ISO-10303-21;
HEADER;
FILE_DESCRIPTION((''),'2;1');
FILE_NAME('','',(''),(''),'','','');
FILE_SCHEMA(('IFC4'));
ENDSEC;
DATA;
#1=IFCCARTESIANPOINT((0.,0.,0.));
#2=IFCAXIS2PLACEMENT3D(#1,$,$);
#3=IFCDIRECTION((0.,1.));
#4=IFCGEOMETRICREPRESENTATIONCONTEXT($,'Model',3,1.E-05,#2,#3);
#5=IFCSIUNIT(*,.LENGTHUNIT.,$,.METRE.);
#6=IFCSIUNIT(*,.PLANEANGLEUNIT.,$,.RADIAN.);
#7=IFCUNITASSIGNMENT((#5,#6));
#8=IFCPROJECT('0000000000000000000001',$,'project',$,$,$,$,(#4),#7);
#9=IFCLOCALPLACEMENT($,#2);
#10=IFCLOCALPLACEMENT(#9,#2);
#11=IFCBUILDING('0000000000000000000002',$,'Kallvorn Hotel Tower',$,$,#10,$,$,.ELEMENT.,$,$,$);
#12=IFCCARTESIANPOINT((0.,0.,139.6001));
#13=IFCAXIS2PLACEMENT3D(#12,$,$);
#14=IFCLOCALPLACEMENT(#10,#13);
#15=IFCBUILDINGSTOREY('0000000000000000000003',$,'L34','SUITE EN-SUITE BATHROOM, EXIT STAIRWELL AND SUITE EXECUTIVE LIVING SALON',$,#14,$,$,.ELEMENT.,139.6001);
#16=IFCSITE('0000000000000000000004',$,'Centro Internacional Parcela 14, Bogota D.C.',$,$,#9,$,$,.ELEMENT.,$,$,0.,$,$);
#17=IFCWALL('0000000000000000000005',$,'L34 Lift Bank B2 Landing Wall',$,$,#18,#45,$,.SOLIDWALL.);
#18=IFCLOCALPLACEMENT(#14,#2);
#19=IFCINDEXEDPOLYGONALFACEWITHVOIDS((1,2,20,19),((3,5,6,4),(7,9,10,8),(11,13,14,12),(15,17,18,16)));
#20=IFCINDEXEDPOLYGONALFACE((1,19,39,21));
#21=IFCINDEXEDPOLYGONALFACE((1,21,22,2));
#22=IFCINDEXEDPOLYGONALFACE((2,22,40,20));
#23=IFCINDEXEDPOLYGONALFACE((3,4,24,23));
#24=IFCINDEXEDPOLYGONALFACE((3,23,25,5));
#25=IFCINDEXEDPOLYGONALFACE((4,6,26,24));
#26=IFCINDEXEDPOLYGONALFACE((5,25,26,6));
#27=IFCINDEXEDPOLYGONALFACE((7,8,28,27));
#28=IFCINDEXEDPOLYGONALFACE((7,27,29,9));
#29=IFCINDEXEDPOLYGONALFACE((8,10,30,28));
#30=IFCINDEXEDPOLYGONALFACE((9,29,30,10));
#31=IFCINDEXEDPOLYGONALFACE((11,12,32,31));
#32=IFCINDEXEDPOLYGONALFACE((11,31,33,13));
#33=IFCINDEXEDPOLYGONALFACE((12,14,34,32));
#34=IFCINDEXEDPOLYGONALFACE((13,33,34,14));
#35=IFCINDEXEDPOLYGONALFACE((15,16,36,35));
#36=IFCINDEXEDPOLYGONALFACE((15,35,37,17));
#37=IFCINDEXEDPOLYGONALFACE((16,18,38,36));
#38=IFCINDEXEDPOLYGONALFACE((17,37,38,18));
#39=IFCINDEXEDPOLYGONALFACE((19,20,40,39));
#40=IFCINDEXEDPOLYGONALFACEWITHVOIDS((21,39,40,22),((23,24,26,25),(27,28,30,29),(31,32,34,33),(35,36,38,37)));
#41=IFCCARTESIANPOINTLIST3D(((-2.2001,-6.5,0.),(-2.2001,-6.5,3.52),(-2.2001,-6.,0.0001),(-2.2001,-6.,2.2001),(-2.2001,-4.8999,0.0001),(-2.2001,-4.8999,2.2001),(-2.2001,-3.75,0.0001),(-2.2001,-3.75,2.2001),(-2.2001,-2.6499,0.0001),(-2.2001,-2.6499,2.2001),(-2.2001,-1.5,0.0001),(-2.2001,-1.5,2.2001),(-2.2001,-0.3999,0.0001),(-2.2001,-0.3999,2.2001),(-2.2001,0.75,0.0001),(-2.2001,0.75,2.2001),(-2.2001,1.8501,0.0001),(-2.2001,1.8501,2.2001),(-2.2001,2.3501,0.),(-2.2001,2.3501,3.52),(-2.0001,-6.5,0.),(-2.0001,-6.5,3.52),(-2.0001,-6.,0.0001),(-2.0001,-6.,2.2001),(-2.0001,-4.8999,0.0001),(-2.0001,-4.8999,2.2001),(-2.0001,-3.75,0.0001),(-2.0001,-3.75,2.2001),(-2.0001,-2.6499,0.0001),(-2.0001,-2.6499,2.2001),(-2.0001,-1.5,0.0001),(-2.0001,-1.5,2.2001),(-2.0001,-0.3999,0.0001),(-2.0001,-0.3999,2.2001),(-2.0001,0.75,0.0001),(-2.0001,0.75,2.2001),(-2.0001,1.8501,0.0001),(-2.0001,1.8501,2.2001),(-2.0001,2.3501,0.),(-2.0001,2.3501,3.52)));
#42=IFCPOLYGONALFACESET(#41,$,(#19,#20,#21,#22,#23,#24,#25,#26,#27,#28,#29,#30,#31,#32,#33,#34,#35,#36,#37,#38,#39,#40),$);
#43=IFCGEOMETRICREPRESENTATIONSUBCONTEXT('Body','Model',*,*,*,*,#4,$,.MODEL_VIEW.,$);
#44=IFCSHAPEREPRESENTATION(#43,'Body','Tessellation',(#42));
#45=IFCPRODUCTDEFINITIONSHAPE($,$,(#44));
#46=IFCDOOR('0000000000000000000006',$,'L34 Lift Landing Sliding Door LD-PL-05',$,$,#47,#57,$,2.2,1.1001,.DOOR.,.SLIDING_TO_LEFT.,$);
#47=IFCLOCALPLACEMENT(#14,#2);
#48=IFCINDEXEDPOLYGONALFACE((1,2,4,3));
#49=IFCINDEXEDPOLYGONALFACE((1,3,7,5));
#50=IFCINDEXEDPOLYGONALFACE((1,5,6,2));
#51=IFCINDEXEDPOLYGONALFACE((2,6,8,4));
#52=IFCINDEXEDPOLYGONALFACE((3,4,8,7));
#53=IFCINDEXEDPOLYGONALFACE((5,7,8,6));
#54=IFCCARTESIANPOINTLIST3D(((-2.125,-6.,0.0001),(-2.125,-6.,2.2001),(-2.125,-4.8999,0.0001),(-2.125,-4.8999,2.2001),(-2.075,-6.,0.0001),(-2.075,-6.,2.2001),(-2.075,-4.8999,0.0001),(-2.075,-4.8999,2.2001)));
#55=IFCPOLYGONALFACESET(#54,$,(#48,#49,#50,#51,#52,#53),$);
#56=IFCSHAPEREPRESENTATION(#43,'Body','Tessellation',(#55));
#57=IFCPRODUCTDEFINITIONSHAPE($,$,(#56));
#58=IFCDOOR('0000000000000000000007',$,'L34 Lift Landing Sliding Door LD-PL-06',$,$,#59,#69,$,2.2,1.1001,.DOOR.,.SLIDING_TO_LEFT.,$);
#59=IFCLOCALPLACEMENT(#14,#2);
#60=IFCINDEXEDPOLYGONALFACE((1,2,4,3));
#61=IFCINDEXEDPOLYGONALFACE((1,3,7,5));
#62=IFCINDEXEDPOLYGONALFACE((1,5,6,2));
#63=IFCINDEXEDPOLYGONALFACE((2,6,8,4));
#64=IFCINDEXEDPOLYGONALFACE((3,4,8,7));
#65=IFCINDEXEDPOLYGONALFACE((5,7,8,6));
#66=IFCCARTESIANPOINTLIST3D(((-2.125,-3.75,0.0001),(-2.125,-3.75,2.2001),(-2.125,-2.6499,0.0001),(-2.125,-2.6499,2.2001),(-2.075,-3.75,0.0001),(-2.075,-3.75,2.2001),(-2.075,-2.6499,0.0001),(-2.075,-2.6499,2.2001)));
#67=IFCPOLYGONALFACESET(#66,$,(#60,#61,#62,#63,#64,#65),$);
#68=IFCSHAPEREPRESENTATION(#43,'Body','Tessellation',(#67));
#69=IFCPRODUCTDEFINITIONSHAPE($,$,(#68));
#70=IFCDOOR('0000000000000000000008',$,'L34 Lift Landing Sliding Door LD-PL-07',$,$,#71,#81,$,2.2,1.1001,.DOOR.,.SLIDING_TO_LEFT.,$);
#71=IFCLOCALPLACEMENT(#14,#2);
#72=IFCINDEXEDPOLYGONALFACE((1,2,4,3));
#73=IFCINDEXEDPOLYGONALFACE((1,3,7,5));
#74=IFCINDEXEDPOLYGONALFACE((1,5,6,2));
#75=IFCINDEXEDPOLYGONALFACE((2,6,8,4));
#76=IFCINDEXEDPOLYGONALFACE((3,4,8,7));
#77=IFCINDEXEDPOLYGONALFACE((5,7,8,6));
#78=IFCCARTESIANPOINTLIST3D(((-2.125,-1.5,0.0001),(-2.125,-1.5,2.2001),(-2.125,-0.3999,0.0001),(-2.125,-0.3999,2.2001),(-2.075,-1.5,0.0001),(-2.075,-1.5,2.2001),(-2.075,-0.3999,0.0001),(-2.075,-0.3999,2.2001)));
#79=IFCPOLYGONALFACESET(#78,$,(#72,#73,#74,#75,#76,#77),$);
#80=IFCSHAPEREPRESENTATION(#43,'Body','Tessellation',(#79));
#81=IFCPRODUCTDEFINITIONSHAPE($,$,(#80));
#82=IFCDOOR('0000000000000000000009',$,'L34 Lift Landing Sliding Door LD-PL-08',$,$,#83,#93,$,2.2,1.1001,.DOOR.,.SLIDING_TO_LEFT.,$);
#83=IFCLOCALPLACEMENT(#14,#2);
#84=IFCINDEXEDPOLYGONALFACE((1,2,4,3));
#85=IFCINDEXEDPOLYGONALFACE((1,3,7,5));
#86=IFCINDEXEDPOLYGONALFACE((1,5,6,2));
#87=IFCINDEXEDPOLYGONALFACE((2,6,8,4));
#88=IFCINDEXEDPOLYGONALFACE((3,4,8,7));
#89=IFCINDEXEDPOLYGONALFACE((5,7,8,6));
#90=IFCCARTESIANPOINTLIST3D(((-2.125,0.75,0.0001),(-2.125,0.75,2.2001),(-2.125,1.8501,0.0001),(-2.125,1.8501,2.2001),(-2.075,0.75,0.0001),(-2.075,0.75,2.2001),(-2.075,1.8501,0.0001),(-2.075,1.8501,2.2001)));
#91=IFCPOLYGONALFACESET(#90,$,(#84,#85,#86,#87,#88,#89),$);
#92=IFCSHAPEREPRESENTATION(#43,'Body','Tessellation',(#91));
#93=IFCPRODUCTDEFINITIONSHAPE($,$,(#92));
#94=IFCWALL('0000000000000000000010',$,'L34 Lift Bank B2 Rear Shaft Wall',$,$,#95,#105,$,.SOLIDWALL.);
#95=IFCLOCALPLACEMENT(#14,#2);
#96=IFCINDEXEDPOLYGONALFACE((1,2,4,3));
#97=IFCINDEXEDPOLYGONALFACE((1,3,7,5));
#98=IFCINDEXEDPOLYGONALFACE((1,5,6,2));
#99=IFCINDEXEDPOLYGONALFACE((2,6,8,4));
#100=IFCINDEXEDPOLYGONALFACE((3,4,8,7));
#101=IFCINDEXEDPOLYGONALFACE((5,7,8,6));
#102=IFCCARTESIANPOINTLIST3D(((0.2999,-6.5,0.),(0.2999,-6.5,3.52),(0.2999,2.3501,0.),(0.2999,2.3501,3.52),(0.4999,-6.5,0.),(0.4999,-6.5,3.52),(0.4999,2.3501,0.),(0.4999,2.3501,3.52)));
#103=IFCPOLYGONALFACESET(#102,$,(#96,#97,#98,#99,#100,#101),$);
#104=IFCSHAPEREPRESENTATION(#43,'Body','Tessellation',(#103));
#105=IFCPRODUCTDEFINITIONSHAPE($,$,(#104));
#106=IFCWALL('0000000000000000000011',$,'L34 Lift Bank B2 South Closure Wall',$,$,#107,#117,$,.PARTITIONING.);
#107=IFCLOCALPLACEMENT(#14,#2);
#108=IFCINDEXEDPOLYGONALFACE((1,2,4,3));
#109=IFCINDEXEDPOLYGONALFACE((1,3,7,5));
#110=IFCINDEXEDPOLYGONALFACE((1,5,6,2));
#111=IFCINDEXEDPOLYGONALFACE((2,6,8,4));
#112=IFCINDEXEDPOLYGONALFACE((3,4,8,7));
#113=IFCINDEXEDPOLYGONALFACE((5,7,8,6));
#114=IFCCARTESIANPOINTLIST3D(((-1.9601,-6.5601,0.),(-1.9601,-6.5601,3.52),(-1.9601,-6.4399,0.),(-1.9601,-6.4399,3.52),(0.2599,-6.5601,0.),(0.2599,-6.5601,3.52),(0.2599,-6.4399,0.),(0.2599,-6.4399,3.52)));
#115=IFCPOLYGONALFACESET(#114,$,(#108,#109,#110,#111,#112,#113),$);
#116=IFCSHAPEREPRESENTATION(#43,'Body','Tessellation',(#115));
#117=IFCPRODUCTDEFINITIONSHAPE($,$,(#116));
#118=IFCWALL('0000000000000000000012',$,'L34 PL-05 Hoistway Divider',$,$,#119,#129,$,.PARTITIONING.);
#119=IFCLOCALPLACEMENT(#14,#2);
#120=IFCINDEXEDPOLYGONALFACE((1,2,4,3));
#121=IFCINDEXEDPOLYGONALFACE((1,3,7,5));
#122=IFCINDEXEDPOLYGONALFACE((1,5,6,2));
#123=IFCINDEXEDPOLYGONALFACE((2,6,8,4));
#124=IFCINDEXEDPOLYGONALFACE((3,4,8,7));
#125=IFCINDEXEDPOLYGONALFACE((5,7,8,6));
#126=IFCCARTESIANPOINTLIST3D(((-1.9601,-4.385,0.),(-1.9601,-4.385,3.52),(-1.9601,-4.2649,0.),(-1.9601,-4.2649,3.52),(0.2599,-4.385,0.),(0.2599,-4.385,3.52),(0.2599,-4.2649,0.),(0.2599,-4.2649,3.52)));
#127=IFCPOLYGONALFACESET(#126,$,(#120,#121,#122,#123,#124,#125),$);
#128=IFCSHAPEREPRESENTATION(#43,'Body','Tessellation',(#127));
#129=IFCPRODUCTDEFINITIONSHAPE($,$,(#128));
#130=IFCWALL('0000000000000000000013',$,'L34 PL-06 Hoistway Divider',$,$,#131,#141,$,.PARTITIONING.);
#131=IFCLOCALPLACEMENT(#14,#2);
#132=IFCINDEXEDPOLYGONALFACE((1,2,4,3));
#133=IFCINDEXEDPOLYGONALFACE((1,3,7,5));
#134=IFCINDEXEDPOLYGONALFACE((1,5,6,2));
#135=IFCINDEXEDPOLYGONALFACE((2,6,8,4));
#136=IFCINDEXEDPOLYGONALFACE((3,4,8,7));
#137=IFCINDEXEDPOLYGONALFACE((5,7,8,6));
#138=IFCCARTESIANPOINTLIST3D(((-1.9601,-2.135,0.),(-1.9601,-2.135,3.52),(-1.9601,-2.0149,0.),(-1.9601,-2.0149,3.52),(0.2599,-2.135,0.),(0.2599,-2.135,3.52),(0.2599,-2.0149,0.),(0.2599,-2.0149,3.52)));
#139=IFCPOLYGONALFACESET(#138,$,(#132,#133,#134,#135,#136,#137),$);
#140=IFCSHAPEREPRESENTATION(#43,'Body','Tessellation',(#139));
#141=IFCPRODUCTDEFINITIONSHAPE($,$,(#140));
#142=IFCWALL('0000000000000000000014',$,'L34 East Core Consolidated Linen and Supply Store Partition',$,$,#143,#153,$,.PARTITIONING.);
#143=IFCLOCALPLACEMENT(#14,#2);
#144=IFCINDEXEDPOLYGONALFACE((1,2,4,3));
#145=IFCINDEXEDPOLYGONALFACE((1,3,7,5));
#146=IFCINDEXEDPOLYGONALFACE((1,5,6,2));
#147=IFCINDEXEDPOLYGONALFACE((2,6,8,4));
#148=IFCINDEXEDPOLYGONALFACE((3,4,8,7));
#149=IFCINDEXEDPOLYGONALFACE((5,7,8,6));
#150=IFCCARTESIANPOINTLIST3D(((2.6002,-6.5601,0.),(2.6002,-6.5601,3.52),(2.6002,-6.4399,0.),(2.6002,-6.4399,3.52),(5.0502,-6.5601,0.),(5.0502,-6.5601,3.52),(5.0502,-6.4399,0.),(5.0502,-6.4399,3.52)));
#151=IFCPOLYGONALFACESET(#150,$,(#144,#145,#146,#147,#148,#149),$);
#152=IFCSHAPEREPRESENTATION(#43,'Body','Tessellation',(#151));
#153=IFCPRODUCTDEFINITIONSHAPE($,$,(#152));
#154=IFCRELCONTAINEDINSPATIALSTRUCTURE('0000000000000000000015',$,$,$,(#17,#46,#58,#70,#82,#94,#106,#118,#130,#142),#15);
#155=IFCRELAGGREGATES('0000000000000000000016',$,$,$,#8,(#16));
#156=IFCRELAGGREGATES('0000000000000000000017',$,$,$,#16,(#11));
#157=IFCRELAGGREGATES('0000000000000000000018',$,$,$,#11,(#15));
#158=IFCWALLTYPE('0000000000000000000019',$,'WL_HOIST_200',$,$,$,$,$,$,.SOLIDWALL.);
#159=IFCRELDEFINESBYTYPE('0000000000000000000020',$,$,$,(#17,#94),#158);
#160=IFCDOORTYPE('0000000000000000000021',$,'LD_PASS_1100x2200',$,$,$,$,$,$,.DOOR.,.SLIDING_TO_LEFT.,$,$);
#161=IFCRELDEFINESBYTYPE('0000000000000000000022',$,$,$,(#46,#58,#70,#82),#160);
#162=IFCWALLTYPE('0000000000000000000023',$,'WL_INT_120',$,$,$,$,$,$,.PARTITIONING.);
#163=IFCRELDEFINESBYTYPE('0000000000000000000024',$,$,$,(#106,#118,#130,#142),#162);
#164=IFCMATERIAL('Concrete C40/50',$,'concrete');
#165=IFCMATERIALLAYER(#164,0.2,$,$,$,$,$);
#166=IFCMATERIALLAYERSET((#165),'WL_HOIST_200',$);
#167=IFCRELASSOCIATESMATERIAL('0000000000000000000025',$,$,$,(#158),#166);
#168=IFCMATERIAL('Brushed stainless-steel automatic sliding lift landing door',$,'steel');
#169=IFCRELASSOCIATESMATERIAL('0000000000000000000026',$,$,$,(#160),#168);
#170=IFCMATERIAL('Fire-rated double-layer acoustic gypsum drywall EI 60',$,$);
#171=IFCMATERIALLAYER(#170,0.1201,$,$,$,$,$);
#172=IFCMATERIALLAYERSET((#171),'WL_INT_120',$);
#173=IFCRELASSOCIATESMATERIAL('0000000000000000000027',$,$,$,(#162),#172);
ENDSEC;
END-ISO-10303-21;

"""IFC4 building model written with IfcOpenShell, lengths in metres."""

from ifc_helpers import new_model, si_unit, direction, frame, frame_2d, origin, place, context, subcontext, project, spatial, rectangle, extrude, material, layer, layer_set, type_object, element, fill, save


model = new_model("IFC4")

# Units and contexts
model_context = context("Model", 3, precision=1e-05, world=origin(), true_north=direction((0.0, 1.0)))
body_context = subcontext(model_context, "Body", "Model", "MODEL_VIEW")
ifc_project = project(units=[si_unit("LENGTHUNIT", "METRE"), si_unit("PLANEANGLEUNIT", "RADIAN")], contexts=[model_context])

# Site, building, storey
site_placement = place(None, origin())
site = spatial("IfcSite", under=ifc_project, at=site_placement, Name="Centro Internacional Parcela 14, Bogota D.C.", CompositionType="ELEMENT", RefElevation=0.0)
building_placement = place(site_placement, origin())
building = spatial("IfcBuilding", under=site, at=building_placement, Name="Kallvorn Hotel Tower", CompositionType="ELEMENT")
storey_placement = place(building_placement, frame((0.0, 0.0, 139.6001)))
storey = spatial("IfcBuildingStorey", under=building, at=storey_placement, Name="L34", Description="SUITE EN-SUITE BATHROOM, EXIT STAIRWELL AND SUITE EXECUTIVE LIVING SALON", CompositionType="ELEMENT", Elevation=139.6001)

# Wall, openings, doors
ifc_material_1 = material(Name="Concrete C40/50", Category="concrete")
ifc_layer_1 = layer(ifc_material_1, 0.2)
ifc_layer_set_1 = layer_set([ifc_layer_1], Name="WL_HOIST_200")
wall_type_1 = type_object("IfcWallType", Name="WL_HOIST_200", PredefinedType="SOLIDWALL", material=ifc_layer_set_1)
wall_1_placement = place(storey_placement, frame((-2.1001, -6.5, 0.0), z_axis=(0.0, 0.0, 1.0), x_axis=(0.0, 1.0, 0.0)))
wall_1 = element("IfcWall", 1, at=wall_1_placement, inside=storey, type_object=wall_type_1, Name="L34 Lift Bank B2 Landing Wall", PredefinedType="SOLIDWALL", context=body_context, shape_type="SweptSolid", body=[
    extrude(rectangle(XDim=8.8501, YDim=0.2, at=frame_2d((4.425, 0.0))), origin(), (0.0, 0.0, 1.0), 3.52),
])
opening_1_placement = place(wall_1_placement, frame((0.5, 0.0, 0.0)))
opening_1 = element("IfcOpeningElement", 2, at=opening_1_placement, cuts=wall_1, PredefinedType="OPENING", context=body_context, shape_type="SweptSolid", body=[
    extrude(rectangle(XDim=1.1001, YDim=2.2, at=frame_2d((0.55, 1.1001))), frame((0.0, 0.115, 0.0), z_axis=(0.0, -1.0, 0.0), x_axis=(1.0, 0.0, 0.0)), (0.0, 0.0, 1.0), 0.23),
])
opening_2_placement = place(wall_1_placement, frame((2.75, 0.0, 0.0)))
opening_2 = element("IfcOpeningElement", 3, at=opening_2_placement, cuts=wall_1, PredefinedType="OPENING", context=body_context, shape_type="SweptSolid", body=[
    extrude(rectangle(XDim=1.1001, YDim=2.2, at=frame_2d((0.55, 1.1001))), frame((0.0, 0.115, 0.0), z_axis=(0.0, -1.0, 0.0), x_axis=(1.0, 0.0, 0.0)), (0.0, 0.0, 1.0), 0.23),
])
opening_3_placement = place(wall_1_placement, frame((5.0, 0.0, 0.0)))
opening_3 = element("IfcOpeningElement", 4, at=opening_3_placement, cuts=wall_1, PredefinedType="OPENING", context=body_context, shape_type="SweptSolid", body=[
    extrude(rectangle(XDim=1.1001, YDim=2.2, at=frame_2d((0.55, 1.1001))), frame((0.0, 0.115, 0.0), z_axis=(0.0, -1.0, 0.0), x_axis=(1.0, 0.0, 0.0)), (0.0, 0.0, 1.0), 0.23),
])
opening_4_placement = place(wall_1_placement, frame((7.25, 0.0, 0.0)))
opening_4 = element("IfcOpeningElement", 5, at=opening_4_placement, cuts=wall_1, PredefinedType="OPENING", context=body_context, shape_type="SweptSolid", body=[
    extrude(rectangle(XDim=1.1001, YDim=2.2, at=frame_2d((0.55, 1.1001))), frame((0.0, 0.115, 0.0), z_axis=(0.0, -1.0, 0.0), x_axis=(1.0, 0.0, 0.0)), (0.0, 0.0, 1.0), 0.23),
])
ifc_material_2 = material(Name="Brushed stainless-steel automatic sliding lift landing door", Category="steel")
door_type_1 = type_object("IfcDoorType", Name="LD_PASS_1100x2200", OperationType="SLIDING_TO_LEFT", PredefinedType="DOOR", material=ifc_material_2)
door_1_placement = place(opening_1_placement, origin())
door_1 = element("IfcDoor", 6, at=door_1_placement, inside=storey, type_object=door_type_1, Name="L34 Lift Landing Sliding Door LD-PL-05", OperationType="SLIDING_TO_LEFT", OverallHeight=2.2, OverallWidth=1.1001, PredefinedType="DOOR", context=body_context, shape_type="SweptSolid", body=[
    extrude(rectangle(XDim=1.1001, YDim=2.2, at=frame_2d((0.55, 1.1001))), frame((0.0, 0.0249, 0.0), z_axis=(0.0, -1.0, 0.0), x_axis=(1.0, 0.0, 0.0)), (0.0, 0.0, 1.0), 0.05),
])
fill(opening_1, door_1)
door_2_placement = place(opening_2_placement, origin())
door_2 = element("IfcDoor", 7, at=door_2_placement, inside=storey, type_object=door_type_1, Name="L34 Lift Landing Sliding Door LD-PL-06", OperationType="SLIDING_TO_LEFT", OverallHeight=2.2, OverallWidth=1.1001, PredefinedType="DOOR", context=body_context, shape_type="SweptSolid", body=[
    extrude(rectangle(XDim=1.1001, YDim=2.2, at=frame_2d((0.55, 1.1001))), frame((0.0, 0.0249, 0.0), z_axis=(0.0, -1.0, 0.0), x_axis=(1.0, 0.0, 0.0)), (0.0, 0.0, 1.0), 0.05),
])
fill(opening_2, door_2)
door_3_placement = place(opening_3_placement, origin())
door_3 = element("IfcDoor", 8, at=door_3_placement, inside=storey, type_object=door_type_1, Name="L34 Lift Landing Sliding Door LD-PL-07", OperationType="SLIDING_TO_LEFT", OverallHeight=2.2, OverallWidth=1.1001, PredefinedType="DOOR", context=body_context, shape_type="SweptSolid", body=[
    extrude(rectangle(XDim=1.1001, YDim=2.2, at=frame_2d((0.55, 1.1001))), frame((0.0, 0.0249, 0.0), z_axis=(0.0, -1.0, 0.0), x_axis=(1.0, 0.0, 0.0)), (0.0, 0.0, 1.0), 0.05),
])
fill(opening_3, door_3)
door_4_placement = place(opening_4_placement, origin())
door_4 = element("IfcDoor", 9, at=door_4_placement, inside=storey, type_object=door_type_1, Name="L34 Lift Landing Sliding Door LD-PL-08", OperationType="SLIDING_TO_LEFT", OverallHeight=2.2, OverallWidth=1.1001, PredefinedType="DOOR", context=body_context, shape_type="SweptSolid", body=[
    extrude(rectangle(XDim=1.1001, YDim=2.2, at=frame_2d((0.55, 1.1001))), frame((0.0, 0.0249, 0.0), z_axis=(0.0, -1.0, 0.0), x_axis=(1.0, 0.0, 0.0)), (0.0, 0.0, 1.0), 0.05),
])
fill(opening_4, door_4)

# Walls
wall_2_placement = place(storey_placement, frame((0.3999, -6.5, 0.0), z_axis=(0.0, 0.0, 1.0), x_axis=(0.0, 1.0, 0.0)))
element("IfcWall", 10, at=wall_2_placement, inside=storey, type_object=wall_type_1, Name="L34 Lift Bank B2 Rear Shaft Wall", PredefinedType="SOLIDWALL", context=body_context, shape_type="SweptSolid", body=[
    extrude(rectangle(XDim=8.8501, YDim=0.2, at=frame_2d((4.425, 0.0))), origin(), (0.0, 0.0, 1.0), 3.52),
])
ifc_material_3 = material(Name="Fire-rated double-layer acoustic gypsum drywall EI 60")
ifc_layer_2 = layer(ifc_material_3, 0.1201)
ifc_layer_set_2 = layer_set([ifc_layer_2], Name="WL_INT_120")
wall_type_2 = type_object("IfcWallType", Name="WL_INT_120", PredefinedType="PARTITIONING", material=ifc_layer_set_2)
for number, where, z_axis, x_axis, name in (
    (11, (-1.96, -6.5, 0.0), (0.0, 0.0, 1.0), (1.0, 0.0, 0.0), "L34 Lift Bank B2 South Closure Wall"),
    (12, (-1.96, -4.325, 0.0), (0.0, 0.0, 1.0), (1.0, 0.0, 0.0), "L34 PL-05 Hoistway Divider"),
    (13, (-1.96, -2.075, 0.0), (0.0, 0.0, 1.0), (1.0, 0.0, 0.0), "L34 PL-06 Hoistway Divider"),
):
    element("IfcWall", number, at=place(storey_placement, frame(where, z_axis=z_axis, x_axis=x_axis)), inside=storey, type_object=wall_type_2, Name=name, PredefinedType="PARTITIONING", context=body_context, shape_type="SweptSolid", body=[
        extrude(rectangle(XDim=2.22, YDim=0.1201, at=frame_2d((1.1099, 0.0))), origin(), (0.0, 0.0, 1.0), 3.52),
    ])
wall_3_placement = place(storey_placement, frame((2.6001, -6.5, 0.0), z_axis=(0.0, 0.0, 1.0), x_axis=(1.0, 0.0, 0.0)))
element("IfcWall", 14, at=wall_3_placement, inside=storey, type_object=wall_type_2, Name="L34 East Core Consolidated Linen and Supply Store Partition", PredefinedType="PARTITIONING", context=body_context, shape_type="SweptSolid", body=[
    extrude(rectangle(XDim=2.45, YDim=0.1201, at=frame_2d((1.2251, 0.0))), origin(), (0.0, 0.0, 1.0), 3.52),
])

save(model, "model.ifc")
